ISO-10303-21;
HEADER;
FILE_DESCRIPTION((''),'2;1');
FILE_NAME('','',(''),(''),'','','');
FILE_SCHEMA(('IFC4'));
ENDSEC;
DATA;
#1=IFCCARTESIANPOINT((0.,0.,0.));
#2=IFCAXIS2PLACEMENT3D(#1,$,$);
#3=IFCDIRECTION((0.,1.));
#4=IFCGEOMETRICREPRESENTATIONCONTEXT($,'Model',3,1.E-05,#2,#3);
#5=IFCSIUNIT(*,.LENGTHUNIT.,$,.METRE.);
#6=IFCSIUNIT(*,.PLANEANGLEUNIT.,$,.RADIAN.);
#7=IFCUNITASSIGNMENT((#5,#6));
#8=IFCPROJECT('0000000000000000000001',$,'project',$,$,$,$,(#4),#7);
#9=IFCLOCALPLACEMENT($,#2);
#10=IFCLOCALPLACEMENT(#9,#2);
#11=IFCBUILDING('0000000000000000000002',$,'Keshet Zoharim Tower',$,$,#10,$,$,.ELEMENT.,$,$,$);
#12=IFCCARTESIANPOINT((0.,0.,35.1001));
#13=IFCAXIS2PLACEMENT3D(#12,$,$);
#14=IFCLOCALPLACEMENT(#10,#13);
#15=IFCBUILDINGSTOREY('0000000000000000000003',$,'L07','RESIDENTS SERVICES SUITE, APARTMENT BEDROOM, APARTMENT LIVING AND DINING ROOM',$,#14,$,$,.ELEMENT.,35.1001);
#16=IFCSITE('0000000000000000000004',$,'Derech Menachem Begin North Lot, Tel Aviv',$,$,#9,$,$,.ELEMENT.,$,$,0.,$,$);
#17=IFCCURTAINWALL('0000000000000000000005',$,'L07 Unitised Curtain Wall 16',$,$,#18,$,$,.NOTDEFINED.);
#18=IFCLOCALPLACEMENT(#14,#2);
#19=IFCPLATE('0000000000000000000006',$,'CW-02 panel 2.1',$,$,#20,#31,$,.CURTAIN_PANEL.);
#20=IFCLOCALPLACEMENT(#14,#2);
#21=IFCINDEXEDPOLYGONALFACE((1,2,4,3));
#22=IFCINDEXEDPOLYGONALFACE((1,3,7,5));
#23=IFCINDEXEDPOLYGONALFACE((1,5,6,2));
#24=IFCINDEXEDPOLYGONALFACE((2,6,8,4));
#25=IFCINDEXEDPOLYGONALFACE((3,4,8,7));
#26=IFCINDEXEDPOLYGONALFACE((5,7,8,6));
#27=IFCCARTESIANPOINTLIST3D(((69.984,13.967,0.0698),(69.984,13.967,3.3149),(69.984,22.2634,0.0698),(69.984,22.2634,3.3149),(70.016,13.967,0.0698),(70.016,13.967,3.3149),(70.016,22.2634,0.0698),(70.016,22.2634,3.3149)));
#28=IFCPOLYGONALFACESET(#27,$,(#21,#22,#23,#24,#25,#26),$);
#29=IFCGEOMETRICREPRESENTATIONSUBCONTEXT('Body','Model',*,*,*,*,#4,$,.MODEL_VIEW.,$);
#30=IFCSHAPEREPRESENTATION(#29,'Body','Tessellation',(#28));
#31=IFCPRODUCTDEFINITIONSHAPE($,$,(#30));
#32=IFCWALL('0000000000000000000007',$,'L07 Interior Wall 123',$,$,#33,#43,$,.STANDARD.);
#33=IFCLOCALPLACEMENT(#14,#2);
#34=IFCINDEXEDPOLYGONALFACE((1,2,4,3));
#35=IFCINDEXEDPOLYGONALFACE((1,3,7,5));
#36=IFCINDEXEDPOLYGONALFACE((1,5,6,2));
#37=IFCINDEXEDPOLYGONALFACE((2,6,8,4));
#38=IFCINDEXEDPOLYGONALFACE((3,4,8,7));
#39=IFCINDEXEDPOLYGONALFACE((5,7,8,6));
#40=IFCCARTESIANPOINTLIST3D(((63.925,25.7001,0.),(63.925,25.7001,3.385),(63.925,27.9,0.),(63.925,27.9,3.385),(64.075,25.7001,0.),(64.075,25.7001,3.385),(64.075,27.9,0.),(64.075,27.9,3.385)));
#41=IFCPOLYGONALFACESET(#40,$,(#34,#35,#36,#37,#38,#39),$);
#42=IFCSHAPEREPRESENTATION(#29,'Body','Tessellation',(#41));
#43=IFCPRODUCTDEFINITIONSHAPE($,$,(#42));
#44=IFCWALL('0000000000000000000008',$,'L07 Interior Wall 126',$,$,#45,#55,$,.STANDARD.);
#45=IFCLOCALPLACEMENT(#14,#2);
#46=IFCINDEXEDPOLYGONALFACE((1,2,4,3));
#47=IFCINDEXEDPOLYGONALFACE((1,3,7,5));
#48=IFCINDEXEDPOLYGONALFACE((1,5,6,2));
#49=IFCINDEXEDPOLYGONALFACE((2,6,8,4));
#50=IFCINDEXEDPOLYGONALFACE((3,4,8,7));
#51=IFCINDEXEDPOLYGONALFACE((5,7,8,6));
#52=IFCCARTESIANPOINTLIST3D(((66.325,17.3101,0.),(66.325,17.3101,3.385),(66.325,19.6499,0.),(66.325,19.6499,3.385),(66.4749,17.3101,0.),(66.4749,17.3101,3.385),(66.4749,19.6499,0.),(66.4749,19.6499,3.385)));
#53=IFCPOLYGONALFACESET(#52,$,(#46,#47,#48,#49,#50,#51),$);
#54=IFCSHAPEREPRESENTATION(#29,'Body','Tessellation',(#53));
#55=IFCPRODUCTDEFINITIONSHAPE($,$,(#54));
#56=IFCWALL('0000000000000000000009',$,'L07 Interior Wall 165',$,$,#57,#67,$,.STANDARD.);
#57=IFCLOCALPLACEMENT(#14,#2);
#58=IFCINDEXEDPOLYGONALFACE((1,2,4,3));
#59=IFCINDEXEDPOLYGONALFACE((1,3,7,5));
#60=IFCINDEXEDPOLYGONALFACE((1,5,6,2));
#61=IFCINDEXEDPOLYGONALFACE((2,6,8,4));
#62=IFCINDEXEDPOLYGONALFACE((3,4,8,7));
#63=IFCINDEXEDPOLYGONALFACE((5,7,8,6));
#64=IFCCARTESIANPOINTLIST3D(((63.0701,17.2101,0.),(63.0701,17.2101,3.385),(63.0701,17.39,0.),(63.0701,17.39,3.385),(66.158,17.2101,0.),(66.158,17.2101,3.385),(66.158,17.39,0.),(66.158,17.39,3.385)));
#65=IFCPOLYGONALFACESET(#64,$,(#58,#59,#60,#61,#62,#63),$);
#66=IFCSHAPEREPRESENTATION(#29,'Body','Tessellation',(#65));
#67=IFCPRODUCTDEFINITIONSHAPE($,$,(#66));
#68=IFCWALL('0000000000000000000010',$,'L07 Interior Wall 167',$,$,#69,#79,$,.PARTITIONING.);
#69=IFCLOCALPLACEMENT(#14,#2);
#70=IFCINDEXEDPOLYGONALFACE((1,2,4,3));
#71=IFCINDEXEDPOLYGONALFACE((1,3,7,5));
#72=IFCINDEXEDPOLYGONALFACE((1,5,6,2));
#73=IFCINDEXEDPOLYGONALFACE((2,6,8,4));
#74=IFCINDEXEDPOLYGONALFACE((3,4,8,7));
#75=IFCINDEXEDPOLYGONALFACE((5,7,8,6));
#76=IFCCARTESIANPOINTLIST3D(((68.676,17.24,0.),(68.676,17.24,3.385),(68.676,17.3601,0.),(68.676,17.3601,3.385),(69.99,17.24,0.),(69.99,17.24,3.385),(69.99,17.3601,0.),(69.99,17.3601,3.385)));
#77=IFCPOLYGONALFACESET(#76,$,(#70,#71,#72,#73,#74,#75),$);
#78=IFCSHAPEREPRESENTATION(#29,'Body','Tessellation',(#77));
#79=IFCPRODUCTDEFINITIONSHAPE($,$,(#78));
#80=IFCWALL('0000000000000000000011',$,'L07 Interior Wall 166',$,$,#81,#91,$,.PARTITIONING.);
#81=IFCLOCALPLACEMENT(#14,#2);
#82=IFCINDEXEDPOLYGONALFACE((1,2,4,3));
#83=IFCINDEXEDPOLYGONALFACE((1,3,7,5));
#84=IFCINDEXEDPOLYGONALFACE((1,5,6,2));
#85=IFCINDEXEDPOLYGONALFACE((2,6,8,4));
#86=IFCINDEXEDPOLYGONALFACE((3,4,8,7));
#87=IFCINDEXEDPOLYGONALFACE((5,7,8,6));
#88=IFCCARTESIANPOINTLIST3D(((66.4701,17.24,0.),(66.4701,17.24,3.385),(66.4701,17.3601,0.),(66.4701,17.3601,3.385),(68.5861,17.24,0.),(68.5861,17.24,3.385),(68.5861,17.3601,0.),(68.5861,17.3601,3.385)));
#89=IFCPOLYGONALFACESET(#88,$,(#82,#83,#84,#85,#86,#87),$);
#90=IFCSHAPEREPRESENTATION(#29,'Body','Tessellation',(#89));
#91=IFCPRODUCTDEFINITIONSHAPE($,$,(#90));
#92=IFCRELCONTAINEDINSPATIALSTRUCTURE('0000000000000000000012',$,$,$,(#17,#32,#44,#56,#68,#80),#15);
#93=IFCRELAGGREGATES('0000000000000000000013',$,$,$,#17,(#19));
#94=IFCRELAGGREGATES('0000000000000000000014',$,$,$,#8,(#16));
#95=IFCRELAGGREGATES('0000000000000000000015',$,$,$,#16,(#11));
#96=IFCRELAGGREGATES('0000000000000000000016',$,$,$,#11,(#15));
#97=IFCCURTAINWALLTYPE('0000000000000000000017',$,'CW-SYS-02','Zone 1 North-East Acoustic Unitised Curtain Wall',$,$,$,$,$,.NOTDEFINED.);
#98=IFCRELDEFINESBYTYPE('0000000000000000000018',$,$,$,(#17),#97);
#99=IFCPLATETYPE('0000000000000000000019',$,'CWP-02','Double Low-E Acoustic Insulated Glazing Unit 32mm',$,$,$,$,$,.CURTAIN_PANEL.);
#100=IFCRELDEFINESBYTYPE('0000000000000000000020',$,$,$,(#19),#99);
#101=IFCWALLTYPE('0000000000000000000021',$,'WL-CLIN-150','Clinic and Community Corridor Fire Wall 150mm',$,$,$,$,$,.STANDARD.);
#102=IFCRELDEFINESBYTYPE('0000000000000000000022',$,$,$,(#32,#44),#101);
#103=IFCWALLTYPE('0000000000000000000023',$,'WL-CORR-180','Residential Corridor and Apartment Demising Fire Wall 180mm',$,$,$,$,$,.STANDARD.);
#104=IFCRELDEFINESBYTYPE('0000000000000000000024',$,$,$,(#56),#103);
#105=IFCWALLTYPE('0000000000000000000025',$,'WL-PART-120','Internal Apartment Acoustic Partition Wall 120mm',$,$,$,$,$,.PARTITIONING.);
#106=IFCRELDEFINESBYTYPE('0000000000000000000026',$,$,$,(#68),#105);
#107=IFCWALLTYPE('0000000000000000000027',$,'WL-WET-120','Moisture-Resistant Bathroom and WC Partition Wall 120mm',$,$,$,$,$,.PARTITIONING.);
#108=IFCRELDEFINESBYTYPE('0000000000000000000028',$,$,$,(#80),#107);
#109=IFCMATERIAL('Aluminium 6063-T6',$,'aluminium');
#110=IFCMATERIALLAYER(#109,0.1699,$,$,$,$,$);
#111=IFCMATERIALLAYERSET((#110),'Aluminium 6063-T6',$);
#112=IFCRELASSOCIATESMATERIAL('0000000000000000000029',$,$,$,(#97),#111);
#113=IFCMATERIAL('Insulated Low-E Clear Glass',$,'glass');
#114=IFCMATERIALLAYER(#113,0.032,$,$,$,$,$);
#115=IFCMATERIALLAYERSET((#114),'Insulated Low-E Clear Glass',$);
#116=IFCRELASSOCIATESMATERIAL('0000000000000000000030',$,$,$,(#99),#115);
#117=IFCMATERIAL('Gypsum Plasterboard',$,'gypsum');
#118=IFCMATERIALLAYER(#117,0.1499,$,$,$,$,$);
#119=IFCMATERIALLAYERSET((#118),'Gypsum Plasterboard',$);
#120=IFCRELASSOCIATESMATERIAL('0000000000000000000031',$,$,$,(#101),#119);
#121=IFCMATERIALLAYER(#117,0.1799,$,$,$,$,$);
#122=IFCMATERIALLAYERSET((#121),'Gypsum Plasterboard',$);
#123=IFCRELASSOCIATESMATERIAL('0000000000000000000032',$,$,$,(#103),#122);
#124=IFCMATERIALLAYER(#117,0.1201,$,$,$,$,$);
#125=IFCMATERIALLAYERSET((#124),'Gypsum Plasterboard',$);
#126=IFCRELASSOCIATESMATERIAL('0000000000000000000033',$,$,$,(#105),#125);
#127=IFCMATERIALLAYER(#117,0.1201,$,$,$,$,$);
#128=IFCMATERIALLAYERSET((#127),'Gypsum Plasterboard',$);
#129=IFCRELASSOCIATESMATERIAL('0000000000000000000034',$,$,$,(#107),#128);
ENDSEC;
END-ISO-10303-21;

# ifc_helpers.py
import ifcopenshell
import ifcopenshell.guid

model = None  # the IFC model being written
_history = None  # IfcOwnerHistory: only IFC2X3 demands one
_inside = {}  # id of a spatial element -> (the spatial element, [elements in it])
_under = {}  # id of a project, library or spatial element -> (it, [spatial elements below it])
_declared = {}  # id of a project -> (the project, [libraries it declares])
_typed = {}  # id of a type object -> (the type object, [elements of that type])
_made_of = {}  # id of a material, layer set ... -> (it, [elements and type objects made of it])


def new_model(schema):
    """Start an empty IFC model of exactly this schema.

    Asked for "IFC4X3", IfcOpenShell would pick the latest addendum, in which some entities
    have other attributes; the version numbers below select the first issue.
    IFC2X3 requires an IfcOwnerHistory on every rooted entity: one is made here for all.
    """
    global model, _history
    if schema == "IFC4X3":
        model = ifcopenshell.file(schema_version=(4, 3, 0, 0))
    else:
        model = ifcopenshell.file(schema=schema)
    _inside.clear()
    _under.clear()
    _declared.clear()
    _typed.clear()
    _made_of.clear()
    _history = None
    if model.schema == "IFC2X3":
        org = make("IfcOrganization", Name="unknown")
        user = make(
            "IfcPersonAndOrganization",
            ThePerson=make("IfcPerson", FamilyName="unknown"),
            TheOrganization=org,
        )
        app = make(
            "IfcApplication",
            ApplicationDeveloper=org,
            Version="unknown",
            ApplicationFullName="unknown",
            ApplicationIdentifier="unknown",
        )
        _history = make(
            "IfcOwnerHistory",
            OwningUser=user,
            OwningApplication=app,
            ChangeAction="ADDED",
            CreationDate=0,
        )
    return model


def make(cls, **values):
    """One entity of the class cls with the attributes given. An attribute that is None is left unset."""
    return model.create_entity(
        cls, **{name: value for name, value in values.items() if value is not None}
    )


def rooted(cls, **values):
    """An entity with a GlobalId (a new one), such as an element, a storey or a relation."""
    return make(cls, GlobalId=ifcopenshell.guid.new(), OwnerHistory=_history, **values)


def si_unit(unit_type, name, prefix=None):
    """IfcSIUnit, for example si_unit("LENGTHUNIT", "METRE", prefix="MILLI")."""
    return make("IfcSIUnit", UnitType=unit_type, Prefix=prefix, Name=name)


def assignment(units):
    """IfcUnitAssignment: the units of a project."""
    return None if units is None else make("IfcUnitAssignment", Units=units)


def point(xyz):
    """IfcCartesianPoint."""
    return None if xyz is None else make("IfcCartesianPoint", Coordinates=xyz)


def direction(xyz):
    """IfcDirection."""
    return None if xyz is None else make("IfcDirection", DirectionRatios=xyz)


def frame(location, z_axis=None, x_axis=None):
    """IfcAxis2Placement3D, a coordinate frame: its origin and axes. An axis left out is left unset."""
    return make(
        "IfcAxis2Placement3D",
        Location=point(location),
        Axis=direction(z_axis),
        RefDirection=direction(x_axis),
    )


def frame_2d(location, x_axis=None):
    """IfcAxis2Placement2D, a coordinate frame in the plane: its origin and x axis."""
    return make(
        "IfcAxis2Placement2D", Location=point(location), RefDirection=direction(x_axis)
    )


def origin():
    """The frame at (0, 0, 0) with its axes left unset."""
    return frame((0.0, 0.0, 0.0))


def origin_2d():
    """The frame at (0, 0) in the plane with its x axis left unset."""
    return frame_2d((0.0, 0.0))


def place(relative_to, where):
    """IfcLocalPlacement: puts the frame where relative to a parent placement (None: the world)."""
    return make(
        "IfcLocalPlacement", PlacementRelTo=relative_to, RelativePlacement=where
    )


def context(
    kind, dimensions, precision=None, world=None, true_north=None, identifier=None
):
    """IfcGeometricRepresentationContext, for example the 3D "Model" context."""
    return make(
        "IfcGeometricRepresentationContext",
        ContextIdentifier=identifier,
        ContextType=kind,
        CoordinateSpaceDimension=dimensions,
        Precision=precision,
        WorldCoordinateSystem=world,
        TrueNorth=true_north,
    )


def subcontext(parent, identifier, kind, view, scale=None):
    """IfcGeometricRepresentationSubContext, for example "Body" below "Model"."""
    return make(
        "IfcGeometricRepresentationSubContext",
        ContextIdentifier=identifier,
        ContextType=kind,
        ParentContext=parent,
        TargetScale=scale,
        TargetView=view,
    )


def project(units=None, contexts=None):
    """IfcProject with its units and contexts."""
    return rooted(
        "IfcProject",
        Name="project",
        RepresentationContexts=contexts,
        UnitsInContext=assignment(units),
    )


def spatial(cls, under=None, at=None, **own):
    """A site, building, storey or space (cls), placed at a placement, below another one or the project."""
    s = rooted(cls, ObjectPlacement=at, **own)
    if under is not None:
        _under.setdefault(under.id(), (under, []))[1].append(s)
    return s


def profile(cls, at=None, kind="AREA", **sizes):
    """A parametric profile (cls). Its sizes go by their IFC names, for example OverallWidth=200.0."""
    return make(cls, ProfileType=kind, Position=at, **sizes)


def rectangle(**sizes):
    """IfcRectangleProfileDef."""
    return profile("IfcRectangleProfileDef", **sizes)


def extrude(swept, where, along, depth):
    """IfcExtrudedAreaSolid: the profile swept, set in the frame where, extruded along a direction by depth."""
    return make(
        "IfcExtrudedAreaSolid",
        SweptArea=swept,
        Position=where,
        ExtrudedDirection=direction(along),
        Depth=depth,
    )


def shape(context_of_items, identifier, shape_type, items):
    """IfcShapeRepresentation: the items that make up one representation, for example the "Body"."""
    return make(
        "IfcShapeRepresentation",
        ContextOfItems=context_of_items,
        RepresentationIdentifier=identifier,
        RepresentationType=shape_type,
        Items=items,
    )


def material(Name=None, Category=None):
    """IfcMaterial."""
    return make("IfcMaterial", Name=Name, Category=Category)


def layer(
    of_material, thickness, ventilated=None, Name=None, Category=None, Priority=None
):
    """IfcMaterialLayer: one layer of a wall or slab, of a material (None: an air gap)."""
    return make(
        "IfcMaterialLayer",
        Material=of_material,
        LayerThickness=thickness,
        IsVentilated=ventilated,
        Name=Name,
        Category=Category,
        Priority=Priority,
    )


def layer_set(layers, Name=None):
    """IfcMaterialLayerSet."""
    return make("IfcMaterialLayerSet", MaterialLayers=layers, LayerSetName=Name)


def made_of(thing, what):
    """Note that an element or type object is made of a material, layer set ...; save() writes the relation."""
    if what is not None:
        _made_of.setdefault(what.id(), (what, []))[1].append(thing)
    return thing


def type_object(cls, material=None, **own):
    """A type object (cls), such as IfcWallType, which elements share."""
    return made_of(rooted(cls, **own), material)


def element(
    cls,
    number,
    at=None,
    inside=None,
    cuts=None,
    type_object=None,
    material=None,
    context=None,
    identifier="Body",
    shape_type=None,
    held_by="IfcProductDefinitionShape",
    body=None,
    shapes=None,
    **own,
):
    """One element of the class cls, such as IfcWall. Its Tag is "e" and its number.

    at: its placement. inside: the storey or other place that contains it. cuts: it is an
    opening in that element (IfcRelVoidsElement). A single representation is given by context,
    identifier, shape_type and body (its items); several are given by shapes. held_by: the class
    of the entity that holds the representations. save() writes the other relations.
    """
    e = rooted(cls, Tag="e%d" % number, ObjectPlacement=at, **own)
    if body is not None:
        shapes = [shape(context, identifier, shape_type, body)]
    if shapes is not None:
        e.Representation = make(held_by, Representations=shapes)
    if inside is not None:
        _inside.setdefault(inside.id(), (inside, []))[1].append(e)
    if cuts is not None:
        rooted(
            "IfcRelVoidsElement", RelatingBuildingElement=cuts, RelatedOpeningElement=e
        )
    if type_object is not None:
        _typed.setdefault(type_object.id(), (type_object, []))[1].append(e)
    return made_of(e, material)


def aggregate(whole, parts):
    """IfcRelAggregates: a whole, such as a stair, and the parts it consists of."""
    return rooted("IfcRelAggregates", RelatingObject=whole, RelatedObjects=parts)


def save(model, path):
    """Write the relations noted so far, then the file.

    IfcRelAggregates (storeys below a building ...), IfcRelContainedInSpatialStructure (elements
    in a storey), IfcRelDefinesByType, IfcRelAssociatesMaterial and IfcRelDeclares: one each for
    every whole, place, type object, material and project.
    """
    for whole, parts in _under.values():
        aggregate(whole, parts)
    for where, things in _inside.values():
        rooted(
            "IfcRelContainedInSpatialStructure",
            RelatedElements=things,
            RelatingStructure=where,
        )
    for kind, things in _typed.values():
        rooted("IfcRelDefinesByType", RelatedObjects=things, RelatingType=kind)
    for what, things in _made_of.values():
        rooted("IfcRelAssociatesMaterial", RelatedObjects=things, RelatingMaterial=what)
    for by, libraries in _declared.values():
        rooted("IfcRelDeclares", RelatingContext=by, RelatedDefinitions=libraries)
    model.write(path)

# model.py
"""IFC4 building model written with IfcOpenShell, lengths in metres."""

from ifc_helpers import new_model, si_unit, direction, frame, frame_2d, origin, origin_2d, place, context, subcontext, project, spatial, rectangle, extrude, material, layer, layer_set, type_object, element, aggregate, save


model = new_model("IFC4")

# Units and contexts
model_context = context("Model", 3, precision=1e-05, world=origin(), true_north=direction((0.0, 1.0)))
body_context = subcontext(model_context, "Body", "Model", "MODEL_VIEW")
ifc_project = project(units=[si_unit("LENGTHUNIT", "METRE"), si_unit("PLANEANGLEUNIT", "RADIAN")], contexts=[model_context])

# Site, building, storey
site_placement = place(None, origin())
site = spatial("IfcSite", under=ifc_project, at=site_placement, Name="Derech Menachem Begin North Lot, Tel Aviv", CompositionType="ELEMENT", RefElevation=0.0)
building_placement = place(site_placement, origin())
building = spatial("IfcBuilding", under=site, at=building_placement, Name="Keshet Zoharim Tower", CompositionType="ELEMENT")
storey_placement = place(building_placement, frame((0.0, 0.0, 35.1001)))
storey = spatial("IfcBuildingStorey", under=building, at=storey_placement, Name="L07", Description="RESIDENTS SERVICES SUITE, APARTMENT BEDROOM, APARTMENT LIVING AND DINING ROOM", CompositionType="ELEMENT", Elevation=35.1001)

# Shared definitions
ifc_material_1 = material(Name="Aluminium 6063-T6", Category="aluminium")
ifc_layer_1 = layer(ifc_material_1, 0.1699)
ifc_layer_set_1 = layer_set([ifc_layer_1], Name="Aluminium 6063-T6")
curtain_wall_type = type_object("IfcCurtainWallType", Name="CW-SYS-02", Description="Zone 1 North-East Acoustic Unitised Curtain Wall", PredefinedType="NOTDEFINED", material=ifc_layer_set_1)

# Curtain wall, plate
curtain_wall_1_placement = place(storey_placement, origin())
curtain_wall_1 = element("IfcCurtainWall", 1, at=curtain_wall_1_placement, inside=storey, type_object=curtain_wall_type, Name="L07 Unitised Curtain Wall 16", PredefinedType="NOTDEFINED")
ifc_material_2 = material(Name="Insulated Low-E Clear Glass", Category="glass")
ifc_layer_2 = layer(ifc_material_2, 0.032)
ifc_layer_set_2 = layer_set([ifc_layer_2], Name="Insulated Low-E Clear Glass")
plate_type = type_object("IfcPlateType", Name="CWP-02", Description="Double Low-E Acoustic Insulated Glazing Unit 32mm", PredefinedType="CURTAIN_PANEL", material=ifc_layer_set_2)
plate_1_placement = place(storey_placement, frame((70.0, 18.1152, 0.0698), z_axis=(0.0, 0.0, 1.0), x_axis=(0.0, -1.0, 0.0)))
plate_1 = element("IfcPlate", 2, at=plate_1_placement, type_object=plate_type, Name="CW-02 panel 2.1", PredefinedType="CURTAIN_PANEL", context=body_context, shape_type="SweptSolid", body=[
    extrude(rectangle(XDim=8.2964, YDim=0.032, at=origin_2d()), origin(), (0.0, 0.0, 1.0), 3.2451),
])
aggregate(curtain_wall_1, [plate_1])

# Walls
ifc_material_3 = material(Name="Gypsum Plasterboard", Category="gypsum")
ifc_layer_3 = layer(ifc_material_3, 0.1499)
ifc_layer_set_3 = layer_set([ifc_layer_3], Name="Gypsum Plasterboard")
wall_type_1 = type_object("IfcWallType", Name="WL-CLIN-150", Description="Clinic and Community Corridor Fire Wall 150mm", PredefinedType="STANDARD", material=ifc_layer_set_3)
wall_1_placement = place(storey_placement, frame((64.0, 25.7, 0.0), z_axis=(0.0, 0.0, 1.0), x_axis=(0.0, 1.0, 0.0)))
element("IfcWall", 3, at=wall_1_placement, inside=storey, type_object=wall_type_1, Name="L07 Interior Wall 123", PredefinedType="STANDARD", context=body_context, shape_type="SweptSolid", body=[
    extrude(rectangle(XDim=2.2, YDim=0.1499, at=frame_2d((1.1001, 0.0))), origin(), (0.0, 0.0, 1.0), 3.385),
])
wall_2_placement = place(storey_placement, frame((66.3999, 17.3101, 0.0), z_axis=(0.0, 0.0, 1.0), x_axis=(0.0, 1.0, 0.0)))
element("IfcWall", 4, at=wall_2_placement, inside=storey, type_object=wall_type_1, Name="L07 Interior Wall 126", PredefinedType="STANDARD", context=body_context, shape_type="SweptSolid", body=[
    extrude(rectangle(XDim=2.3398, YDim=0.1499, at=frame_2d((1.1699, 0.0))), origin(), (0.0, 0.0, 1.0), 3.385),
])
ifc_layer_4 = layer(ifc_material_3, 0.1799)
ifc_layer_set_4 = layer_set([ifc_layer_4], Name="Gypsum Plasterboard")
wall_type_2 = type_object("IfcWallType", Name="WL-CORR-180", Description="Residential Corridor and Apartment Demising Fire Wall 180mm", PredefinedType="STANDARD", material=ifc_layer_set_4)
wall_3_placement = place(storey_placement, frame((63.0701, 17.3, 0.0), z_axis=(0.0, 0.0, 1.0), x_axis=(1.0, 0.0, 0.0)))
element("IfcWall", 5, at=wall_3_placement, inside=storey, type_object=wall_type_2, Name="L07 Interior Wall 165", PredefinedType="STANDARD", context=body_context, shape_type="SweptSolid", body=[
    extrude(rectangle(XDim=3.0879, YDim=0.1799, at=frame_2d((1.5439, 0.0))), origin(), (0.0, 0.0, 1.0), 3.385),
])
ifc_layer_5 = layer(ifc_material_3, 0.1201)
ifc_layer_set_5 = layer_set([ifc_layer_5], Name="Gypsum Plasterboard")
wall_type_3 = type_object("IfcWallType", Name="WL-PART-120", Description="Internal Apartment Acoustic Partition Wall 120mm", PredefinedType="PARTITIONING", material=ifc_layer_set_5)
wall_4_placement = place(storey_placement, frame((68.676, 17.3, 0.0), z_axis=(0.0, 0.0, 1.0), x_axis=(1.0, 0.0, 0.0)))
element("IfcWall", 6, at=wall_4_placement, inside=storey, type_object=wall_type_3, Name="L07 Interior Wall 167", PredefinedType="PARTITIONING", context=body_context, shape_type="SweptSolid", body=[
    extrude(rectangle(XDim=1.314, YDim=0.1201, at=frame_2d((0.657, 0.0))), origin(), (0.0, 0.0, 1.0), 3.385),
])
ifc_layer_6 = layer(ifc_material_3, 0.1201)
ifc_layer_set_6 = layer_set([ifc_layer_6], Name="Gypsum Plasterboard")
wall_type_4 = type_object("IfcWallType", Name="WL-WET-120", Description="Moisture-Resistant Bathroom and WC Partition Wall 120mm", PredefinedType="PARTITIONING", material=ifc_layer_set_6)
wall_5_placement = place(storey_placement, frame((66.47, 17.3, 0.0), z_axis=(0.0, 0.0, 1.0), x_axis=(1.0, 0.0, 0.0)))
element("IfcWall", 7, at=wall_5_placement, inside=storey, type_object=wall_type_4, Name="L07 Interior Wall 166", PredefinedType="PARTITIONING", context=body_context, shape_type="SweptSolid", body=[
    extrude(rectangle(XDim=2.116, YDim=0.1201, at=frame_2d((1.0581, 0.0))), origin(), (0.0, 0.0, 1.0), 3.385),
])

save(model, "model.ifc")
